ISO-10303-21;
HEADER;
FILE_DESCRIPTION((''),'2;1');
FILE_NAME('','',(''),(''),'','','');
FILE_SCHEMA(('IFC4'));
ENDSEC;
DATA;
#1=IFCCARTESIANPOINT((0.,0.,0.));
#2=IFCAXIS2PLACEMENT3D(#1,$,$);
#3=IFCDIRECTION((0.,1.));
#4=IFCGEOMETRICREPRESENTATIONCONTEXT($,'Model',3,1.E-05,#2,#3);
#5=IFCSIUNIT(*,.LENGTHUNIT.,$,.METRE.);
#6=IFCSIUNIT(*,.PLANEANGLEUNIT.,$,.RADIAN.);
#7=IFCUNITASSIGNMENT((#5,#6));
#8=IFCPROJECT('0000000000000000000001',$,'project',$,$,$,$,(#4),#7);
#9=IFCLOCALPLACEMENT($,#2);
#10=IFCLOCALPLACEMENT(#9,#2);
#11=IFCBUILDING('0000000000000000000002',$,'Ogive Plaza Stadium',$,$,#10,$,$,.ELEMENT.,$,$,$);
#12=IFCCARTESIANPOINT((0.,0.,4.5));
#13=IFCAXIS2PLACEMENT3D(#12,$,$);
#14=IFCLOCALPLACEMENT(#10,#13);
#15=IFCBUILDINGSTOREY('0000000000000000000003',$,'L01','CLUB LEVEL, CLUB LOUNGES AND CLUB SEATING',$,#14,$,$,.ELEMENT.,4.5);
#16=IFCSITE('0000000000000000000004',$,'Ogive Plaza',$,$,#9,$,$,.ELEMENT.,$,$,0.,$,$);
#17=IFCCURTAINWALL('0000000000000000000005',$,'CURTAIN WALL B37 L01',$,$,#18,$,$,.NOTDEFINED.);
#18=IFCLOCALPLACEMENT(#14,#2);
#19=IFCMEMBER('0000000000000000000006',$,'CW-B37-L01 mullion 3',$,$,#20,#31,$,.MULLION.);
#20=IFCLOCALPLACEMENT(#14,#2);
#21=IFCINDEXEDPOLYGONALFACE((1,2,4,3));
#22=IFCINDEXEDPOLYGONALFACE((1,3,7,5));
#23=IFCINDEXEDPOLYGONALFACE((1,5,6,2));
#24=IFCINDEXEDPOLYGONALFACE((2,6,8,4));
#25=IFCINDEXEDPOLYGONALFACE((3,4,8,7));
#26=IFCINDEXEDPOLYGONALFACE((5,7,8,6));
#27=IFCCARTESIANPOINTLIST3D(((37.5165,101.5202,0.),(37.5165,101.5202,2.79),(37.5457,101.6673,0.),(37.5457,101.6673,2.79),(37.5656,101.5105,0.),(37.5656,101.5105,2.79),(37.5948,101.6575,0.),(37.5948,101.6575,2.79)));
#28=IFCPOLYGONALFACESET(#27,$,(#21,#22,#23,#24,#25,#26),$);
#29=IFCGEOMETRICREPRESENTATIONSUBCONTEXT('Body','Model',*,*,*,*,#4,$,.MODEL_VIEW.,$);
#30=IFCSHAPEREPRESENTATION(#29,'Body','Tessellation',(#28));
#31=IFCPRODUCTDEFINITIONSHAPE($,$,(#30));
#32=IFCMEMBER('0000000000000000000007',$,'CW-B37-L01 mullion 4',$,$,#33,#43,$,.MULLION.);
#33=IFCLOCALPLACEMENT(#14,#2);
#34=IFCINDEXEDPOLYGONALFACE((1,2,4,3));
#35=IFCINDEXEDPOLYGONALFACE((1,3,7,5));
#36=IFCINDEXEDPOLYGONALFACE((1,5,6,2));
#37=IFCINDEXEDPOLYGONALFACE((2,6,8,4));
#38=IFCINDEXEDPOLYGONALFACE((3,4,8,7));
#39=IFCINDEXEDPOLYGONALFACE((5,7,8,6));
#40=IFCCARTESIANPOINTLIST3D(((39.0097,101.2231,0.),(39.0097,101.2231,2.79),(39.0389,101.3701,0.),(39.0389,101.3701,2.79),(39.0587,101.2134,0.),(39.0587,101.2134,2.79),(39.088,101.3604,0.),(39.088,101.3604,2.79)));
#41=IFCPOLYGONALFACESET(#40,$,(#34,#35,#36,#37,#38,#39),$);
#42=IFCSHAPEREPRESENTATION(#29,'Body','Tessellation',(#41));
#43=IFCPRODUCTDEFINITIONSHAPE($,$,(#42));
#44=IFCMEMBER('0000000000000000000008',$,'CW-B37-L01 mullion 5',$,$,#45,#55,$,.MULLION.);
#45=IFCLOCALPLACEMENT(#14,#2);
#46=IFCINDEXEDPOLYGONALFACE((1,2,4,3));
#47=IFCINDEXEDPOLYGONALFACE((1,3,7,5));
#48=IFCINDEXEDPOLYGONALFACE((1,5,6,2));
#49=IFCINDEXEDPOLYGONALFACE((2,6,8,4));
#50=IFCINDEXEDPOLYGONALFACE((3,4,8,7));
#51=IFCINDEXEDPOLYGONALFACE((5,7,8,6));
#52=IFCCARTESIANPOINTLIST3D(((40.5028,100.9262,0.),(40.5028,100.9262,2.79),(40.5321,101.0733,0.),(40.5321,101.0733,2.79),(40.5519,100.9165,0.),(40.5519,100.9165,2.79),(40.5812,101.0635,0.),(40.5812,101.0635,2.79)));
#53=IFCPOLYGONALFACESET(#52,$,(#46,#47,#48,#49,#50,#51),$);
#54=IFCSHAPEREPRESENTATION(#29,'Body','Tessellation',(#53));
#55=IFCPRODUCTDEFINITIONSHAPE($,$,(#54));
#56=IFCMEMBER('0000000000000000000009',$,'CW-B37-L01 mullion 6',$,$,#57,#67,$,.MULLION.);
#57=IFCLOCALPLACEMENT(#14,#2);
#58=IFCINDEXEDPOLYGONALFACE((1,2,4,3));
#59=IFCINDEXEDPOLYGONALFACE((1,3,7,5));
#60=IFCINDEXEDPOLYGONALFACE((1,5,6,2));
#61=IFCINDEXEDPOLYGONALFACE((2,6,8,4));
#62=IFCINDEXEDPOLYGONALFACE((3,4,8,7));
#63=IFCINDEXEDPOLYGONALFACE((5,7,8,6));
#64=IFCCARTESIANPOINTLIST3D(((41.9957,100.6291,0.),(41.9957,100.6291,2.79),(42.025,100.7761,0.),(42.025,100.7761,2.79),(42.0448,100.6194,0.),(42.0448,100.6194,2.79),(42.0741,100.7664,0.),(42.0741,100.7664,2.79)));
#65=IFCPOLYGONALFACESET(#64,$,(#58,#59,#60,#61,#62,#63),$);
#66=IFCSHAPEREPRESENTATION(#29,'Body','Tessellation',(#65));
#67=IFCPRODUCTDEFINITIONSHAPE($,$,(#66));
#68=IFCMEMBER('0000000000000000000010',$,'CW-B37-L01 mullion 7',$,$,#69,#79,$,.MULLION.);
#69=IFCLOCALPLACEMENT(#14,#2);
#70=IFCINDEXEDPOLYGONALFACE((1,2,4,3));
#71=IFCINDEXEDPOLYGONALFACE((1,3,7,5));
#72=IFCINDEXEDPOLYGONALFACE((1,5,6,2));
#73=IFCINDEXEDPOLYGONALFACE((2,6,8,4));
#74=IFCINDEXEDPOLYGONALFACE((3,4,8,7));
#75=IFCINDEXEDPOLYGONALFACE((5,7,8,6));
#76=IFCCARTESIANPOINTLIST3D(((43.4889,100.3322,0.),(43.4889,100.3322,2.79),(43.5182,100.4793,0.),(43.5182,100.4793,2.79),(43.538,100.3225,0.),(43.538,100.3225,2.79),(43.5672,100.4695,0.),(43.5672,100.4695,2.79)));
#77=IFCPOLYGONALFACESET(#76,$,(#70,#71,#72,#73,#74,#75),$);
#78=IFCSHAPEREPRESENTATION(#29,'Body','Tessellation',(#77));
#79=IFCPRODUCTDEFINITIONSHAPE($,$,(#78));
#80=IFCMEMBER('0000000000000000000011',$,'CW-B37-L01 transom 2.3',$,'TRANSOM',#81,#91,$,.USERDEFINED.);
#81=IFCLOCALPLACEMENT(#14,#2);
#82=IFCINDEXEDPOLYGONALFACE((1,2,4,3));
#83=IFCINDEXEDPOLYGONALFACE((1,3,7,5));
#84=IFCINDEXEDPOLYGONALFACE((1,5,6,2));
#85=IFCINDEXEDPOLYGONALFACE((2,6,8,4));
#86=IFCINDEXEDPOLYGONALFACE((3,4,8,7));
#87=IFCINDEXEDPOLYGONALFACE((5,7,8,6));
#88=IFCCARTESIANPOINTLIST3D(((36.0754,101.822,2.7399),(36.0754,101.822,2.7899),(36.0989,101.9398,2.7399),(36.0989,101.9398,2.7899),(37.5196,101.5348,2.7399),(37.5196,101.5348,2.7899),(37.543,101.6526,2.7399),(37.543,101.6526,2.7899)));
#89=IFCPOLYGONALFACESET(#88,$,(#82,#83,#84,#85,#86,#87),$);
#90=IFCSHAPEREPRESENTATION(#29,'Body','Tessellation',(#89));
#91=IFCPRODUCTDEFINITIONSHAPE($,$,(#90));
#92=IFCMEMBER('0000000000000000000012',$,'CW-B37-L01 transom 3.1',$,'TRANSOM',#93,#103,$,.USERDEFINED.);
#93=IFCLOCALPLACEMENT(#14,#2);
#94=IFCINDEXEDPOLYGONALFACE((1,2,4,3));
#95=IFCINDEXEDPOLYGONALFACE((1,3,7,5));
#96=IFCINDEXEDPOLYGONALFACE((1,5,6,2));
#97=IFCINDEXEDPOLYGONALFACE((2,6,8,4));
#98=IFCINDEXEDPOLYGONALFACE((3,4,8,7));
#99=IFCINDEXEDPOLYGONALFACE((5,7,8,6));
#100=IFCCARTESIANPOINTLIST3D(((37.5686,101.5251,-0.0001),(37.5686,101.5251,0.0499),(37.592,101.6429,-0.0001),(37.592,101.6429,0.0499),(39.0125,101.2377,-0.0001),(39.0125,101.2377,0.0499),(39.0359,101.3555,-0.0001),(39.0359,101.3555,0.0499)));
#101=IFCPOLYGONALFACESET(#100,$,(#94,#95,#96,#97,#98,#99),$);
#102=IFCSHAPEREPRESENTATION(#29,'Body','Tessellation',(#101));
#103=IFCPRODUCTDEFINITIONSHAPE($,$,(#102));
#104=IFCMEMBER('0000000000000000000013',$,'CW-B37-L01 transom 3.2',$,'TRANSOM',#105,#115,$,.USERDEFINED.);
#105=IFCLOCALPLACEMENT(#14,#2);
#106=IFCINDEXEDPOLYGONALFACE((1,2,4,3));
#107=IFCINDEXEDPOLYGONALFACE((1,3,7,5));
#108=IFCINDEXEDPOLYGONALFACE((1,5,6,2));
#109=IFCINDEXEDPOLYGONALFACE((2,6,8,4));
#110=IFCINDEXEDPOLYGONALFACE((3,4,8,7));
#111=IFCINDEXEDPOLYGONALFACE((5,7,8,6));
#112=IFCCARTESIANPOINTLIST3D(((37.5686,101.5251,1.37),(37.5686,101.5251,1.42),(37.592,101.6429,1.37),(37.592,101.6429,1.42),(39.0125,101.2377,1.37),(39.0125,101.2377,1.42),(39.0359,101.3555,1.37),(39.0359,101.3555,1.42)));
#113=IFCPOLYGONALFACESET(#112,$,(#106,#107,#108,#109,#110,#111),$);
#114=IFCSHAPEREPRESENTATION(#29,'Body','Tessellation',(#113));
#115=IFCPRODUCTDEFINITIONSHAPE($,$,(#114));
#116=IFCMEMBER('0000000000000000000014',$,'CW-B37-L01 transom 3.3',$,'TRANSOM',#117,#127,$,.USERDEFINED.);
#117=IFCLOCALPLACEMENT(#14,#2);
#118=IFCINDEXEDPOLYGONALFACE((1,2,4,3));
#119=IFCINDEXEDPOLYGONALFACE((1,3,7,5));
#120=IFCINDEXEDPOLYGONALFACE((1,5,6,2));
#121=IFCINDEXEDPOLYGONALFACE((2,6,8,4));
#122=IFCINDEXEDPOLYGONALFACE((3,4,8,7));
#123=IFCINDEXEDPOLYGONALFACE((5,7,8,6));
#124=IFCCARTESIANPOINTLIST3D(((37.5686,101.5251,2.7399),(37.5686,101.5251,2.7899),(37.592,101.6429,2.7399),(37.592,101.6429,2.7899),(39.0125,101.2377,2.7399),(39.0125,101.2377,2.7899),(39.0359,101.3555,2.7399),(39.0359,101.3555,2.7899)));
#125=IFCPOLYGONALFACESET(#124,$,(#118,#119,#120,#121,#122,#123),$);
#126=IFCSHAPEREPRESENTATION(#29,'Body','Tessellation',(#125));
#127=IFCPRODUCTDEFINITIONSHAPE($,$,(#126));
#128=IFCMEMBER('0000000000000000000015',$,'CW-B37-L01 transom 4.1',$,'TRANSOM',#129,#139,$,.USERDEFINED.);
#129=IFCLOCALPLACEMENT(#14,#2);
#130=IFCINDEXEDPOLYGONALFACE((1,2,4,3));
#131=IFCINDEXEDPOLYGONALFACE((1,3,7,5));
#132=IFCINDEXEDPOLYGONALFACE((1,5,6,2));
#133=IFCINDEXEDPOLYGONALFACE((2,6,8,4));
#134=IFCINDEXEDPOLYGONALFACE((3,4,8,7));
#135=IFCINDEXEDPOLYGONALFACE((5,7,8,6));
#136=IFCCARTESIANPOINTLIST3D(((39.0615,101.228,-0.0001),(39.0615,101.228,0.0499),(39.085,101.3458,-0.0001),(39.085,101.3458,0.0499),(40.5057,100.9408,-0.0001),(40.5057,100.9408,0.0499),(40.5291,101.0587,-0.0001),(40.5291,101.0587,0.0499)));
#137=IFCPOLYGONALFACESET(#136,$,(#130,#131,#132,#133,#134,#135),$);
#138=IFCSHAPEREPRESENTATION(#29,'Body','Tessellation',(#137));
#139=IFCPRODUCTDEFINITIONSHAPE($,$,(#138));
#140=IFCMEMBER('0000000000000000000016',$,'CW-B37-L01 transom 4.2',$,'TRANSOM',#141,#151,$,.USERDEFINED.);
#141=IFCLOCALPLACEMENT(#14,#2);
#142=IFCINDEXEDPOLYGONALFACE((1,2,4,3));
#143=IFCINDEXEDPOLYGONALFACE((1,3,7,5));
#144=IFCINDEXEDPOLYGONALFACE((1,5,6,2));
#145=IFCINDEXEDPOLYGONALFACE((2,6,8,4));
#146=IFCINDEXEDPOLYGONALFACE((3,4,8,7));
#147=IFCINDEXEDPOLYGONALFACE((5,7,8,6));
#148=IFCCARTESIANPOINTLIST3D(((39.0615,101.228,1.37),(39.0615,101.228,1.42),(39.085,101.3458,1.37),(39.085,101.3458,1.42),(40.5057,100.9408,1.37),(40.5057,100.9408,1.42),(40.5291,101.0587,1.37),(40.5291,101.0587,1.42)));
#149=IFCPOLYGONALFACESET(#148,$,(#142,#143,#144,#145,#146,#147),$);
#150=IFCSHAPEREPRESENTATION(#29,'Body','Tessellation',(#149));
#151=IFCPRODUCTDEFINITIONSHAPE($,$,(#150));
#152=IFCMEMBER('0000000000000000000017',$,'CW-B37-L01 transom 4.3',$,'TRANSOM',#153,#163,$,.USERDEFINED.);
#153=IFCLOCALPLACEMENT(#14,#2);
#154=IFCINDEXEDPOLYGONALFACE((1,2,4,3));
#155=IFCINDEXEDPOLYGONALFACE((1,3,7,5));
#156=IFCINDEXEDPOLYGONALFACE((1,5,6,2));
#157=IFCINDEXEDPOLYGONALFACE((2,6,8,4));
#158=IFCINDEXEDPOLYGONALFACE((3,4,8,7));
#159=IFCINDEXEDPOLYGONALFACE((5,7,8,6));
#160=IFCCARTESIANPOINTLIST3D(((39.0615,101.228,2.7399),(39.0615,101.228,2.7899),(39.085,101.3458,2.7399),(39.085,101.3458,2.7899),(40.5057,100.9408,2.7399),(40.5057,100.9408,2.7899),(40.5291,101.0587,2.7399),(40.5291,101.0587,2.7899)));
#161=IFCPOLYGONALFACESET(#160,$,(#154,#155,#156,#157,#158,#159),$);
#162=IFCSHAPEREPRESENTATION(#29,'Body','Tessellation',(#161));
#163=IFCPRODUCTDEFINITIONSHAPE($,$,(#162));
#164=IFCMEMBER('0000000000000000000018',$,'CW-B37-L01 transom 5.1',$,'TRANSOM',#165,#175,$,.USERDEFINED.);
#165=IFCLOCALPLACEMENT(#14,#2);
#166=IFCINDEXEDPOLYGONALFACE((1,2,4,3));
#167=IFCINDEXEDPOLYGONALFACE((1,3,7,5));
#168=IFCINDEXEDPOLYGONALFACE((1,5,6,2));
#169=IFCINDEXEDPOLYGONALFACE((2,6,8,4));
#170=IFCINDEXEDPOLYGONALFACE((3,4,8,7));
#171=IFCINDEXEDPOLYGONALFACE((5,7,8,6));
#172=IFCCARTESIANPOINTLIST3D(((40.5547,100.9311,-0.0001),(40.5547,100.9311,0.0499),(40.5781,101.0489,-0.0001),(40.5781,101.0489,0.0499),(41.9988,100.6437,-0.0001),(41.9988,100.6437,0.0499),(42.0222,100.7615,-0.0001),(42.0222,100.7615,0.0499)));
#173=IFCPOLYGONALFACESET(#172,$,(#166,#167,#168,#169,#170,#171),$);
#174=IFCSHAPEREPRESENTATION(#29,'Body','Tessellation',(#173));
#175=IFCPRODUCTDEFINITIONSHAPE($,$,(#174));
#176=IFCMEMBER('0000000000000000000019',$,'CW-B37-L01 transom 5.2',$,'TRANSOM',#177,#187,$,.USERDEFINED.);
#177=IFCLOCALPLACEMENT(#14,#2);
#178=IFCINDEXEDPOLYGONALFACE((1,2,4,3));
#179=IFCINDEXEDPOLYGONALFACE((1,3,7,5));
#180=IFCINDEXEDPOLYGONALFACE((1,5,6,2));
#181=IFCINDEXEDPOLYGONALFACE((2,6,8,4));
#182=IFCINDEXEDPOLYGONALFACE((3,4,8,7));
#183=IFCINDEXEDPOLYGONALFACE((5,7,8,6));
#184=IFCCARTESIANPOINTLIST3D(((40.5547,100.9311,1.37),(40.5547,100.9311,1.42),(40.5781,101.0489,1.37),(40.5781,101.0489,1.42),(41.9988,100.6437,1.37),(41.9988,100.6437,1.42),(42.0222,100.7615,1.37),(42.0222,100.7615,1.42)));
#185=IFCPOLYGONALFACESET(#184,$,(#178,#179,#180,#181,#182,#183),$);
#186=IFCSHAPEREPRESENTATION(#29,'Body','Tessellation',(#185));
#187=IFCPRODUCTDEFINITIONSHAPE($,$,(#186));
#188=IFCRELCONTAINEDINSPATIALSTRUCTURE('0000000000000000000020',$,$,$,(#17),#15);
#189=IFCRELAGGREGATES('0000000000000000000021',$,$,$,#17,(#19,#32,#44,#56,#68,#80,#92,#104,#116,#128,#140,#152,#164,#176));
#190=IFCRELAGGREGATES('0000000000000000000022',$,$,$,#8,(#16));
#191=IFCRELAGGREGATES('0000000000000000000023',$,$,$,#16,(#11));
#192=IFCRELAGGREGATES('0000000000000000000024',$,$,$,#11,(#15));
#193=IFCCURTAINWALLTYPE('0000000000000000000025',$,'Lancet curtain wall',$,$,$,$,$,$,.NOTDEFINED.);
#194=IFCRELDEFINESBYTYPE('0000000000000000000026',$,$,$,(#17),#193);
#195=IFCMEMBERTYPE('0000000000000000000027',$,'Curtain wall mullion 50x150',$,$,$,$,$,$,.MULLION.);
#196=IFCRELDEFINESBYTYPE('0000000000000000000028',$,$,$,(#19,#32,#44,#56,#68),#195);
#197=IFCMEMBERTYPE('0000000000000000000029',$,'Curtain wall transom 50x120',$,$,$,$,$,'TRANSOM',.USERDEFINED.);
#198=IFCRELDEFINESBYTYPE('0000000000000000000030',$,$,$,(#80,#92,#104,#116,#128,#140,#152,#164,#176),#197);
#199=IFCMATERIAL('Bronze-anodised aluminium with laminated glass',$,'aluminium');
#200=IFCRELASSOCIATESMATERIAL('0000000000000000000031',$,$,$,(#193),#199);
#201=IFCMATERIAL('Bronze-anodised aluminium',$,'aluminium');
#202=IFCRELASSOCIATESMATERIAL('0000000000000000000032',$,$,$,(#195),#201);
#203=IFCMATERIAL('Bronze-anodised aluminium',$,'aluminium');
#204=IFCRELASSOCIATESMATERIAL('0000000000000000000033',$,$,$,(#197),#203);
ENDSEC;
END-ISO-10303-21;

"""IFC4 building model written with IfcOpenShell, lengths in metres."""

from ifc_helpers import new_model, si_unit, direction, frame, origin, origin_2d, place, context, subcontext, project, spatial, rectangle, extrude, material, material_profile, profile_set, type_object, element, aggregate, save


model = new_model("IFC4")

# Units and contexts
model_context = context("Model", 3, precision=1e-05, world=origin(), true_north=direction((0.0, 1.0)))
body_context = subcontext(model_context, "Body", "Model", "MODEL_VIEW")
ifc_project = project(units=[si_unit("LENGTHUNIT", "METRE"), si_unit("PLANEANGLEUNIT", "RADIAN")], contexts=[model_context])

# Site, building, storey
site_placement = place(None, origin())
site = spatial("IfcSite", under=ifc_project, at=site_placement, Name="Ogive Plaza", CompositionType="ELEMENT", RefElevation=0.0)
building_placement = place(site_placement, origin())
building = spatial("IfcBuilding", under=site, at=building_placement, Name="Ogive Plaza Stadium", CompositionType="ELEMENT")
storey_placement = place(building_placement, frame((0.0, 0.0, 4.5)))
storey = spatial("IfcBuildingStorey", under=building, at=storey_placement, Name="L01", Description="CLUB LEVEL, CLUB LOUNGES AND CLUB SEATING", CompositionType="ELEMENT", Elevation=4.5)

# Curtain wall, members
ifc_material_1 = material(Name="Bronze-anodised aluminium with laminated glass", Category="aluminium")
curtain_wall_type = type_object("IfcCurtainWallType", Name="Lancet curtain wall", PredefinedType="NOTDEFINED", material=ifc_material_1)
curtain_wall_placement = place(storey_placement, origin())
curtain_wall = element("IfcCurtainWall", 1, at=curtain_wall_placement, inside=storey, type_object=curtain_wall_type, Name="CURTAIN WALL B37 L01", PredefinedType="NOTDEFINED")
ifc_material_2 = material(Name="Bronze-anodised aluminium", Category="aluminium")
ifc_material_profile_1 = material_profile(ifc_material_2, rectangle(XDim=0.1499, YDim=0.05, at=origin_2d()), Name="AL 150x50")
ifc_profile_set_1 = profile_set([ifc_material_profile_1], Name="Bronze-anodised aluminium")
member_type_1 = type_object("IfcMemberType", Name="Curtain wall mullion 50x150", PredefinedType="MULLION", material=ifc_profile_set_1)
member_1_placement = place(storey_placement, frame((37.5557, 101.5889, 0.0), z_axis=(0.0, 0.0, 1.0), x_axis=(0.19509, 0.980785, 0.0)))
member_1 = element("IfcMember", 2, at=member_1_placement, type_object=member_type_1, Name="CW-B37-L01 mullion 3", PredefinedType="MULLION", context=body_context, shape_type="SweptSolid", body=[
    extrude(rectangle(XDim=0.1499, YDim=0.05, at=origin_2d()), origin(), (0.0, 0.0, 1.0), 2.79),
])
member_2_placement = place(storey_placement, frame((39.0488, 101.2917, 0.0), z_axis=(0.0, 0.0, 1.0), x_axis=(0.19509, 0.980785, 0.0)))
member_2 = element("IfcMember", 3, at=member_2_placement, type_object=member_type_1, Name="CW-B37-L01 mullion 4", PredefinedType="MULLION", context=body_context, shape_type="SweptSolid", body=[
    extrude(rectangle(XDim=0.1499, YDim=0.05, at=origin_2d()), origin(), (0.0, 0.0, 1.0), 2.79),
])
member_3_placement = place(storey_placement, frame((40.542, 100.9949, 0.0), z_axis=(0.0, 0.0, 1.0), x_axis=(0.19509, 0.980785, 0.0)))
member_3 = element("IfcMember", 4, at=member_3_placement, type_object=member_type_1, Name="CW-B37-L01 mullion 5", PredefinedType="MULLION", context=body_context, shape_type="SweptSolid", body=[
    extrude(rectangle(XDim=0.1499, YDim=0.05, at=origin_2d()), origin(), (0.0, 0.0, 1.0), 2.79),
])
member_4_placement = place(storey_placement, frame((42.0349, 100.6978, 0.0), z_axis=(0.0, 0.0, 1.0), x_axis=(0.19509, 0.980785, 0.0)))
member_4 = element("IfcMember", 5, at=member_4_placement, type_object=member_type_1, Name="CW-B37-L01 mullion 6", PredefinedType="MULLION", context=body_context, shape_type="SweptSolid", body=[
    extrude(rectangle(XDim=0.1499, YDim=0.05, at=origin_2d()), origin(), (0.0, 0.0, 1.0), 2.79),
])
member_5_placement = place(storey_placement, frame((43.5281, 100.4009, 0.0), z_axis=(0.0, 0.0, 1.0), x_axis=(0.19509, 0.980785, 0.0)))
member_5 = element("IfcMember", 6, at=member_5_placement, type_object=member_type_1, Name="CW-B37-L01 mullion 7", PredefinedType="MULLION", context=body_context, shape_type="SweptSolid", body=[
    extrude(rectangle(XDim=0.1499, YDim=0.05, at=origin_2d()), origin(), (0.0, 0.0, 1.0), 2.79),
])
ifc_material_3 = material(Name="Bronze-anodised aluminium", Category="aluminium")
ifc_material_profile_2 = material_profile(ifc_material_3, rectangle(XDim=0.1201, YDim=0.05, at=origin_2d()), Name="AL 120x50")
ifc_profile_set_2 = profile_set([ifc_material_profile_2], Name="Bronze-anodised aluminium")
member_type_2 = type_object("IfcMemberType", Name="Curtain wall transom 50x120", ElementType="TRANSOM", PredefinedType="USERDEFINED", material=ifc_profile_set_2)
member_6_placement = place(storey_placement, frame((36.0872, 101.8809, 2.7649), z_axis=(0.980803, -0.195, 0.0), x_axis=(0.195, 0.980803, 0.0)))
member_6 = element("IfcMember", 7, at=member_6_placement, type_object=member_type_2, Name="CW-B37-L01 transom 2.3", ObjectType="TRANSOM", PredefinedType="USERDEFINED", context=body_context, shape_type="SweptSolid", body=[
    extrude(rectangle(XDim=0.1201, YDim=0.05, at=origin_2d()), origin(), (0.0, 0.0, 1.0), 1.4724),
])
member_7_placement = place(storey_placement, frame((37.5803, 101.584, 0.0249), z_axis=(0.980765, -0.195191, 0.0), x_axis=(0.195191, 0.980765, 0.0)))
member_7 = element("IfcMember", 8, at=member_7_placement, type_object=member_type_2, Name="CW-B37-L01 transom 3.1", ObjectType="TRANSOM", PredefinedType="USERDEFINED", context=body_context, shape_type="SweptSolid", body=[
    extrude(rectangle(XDim=0.1201, YDim=0.05, at=origin_2d()), origin(), (0.0, 0.0, 1.0), 1.4722),
])
member_8_placement = place(storey_placement, frame((37.5803, 101.584, 1.395), z_axis=(0.980765, -0.195191, 0.0), x_axis=(0.195191, 0.980765, 0.0)))
member_8 = element("IfcMember", 9, at=member_8_placement, type_object=member_type_2, Name="CW-B37-L01 transom 3.2", ObjectType="TRANSOM", PredefinedType="USERDEFINED", context=body_context, shape_type="SweptSolid", body=[
    extrude(rectangle(XDim=0.1201, YDim=0.05, at=origin_2d()), origin(), (0.0, 0.0, 1.0), 1.4722),
])
member_9_placement = place(storey_placement, frame((37.5803, 101.584, 2.7649), z_axis=(0.980765, -0.195191, 0.0), x_axis=(0.195191, 0.980765, 0.0)))
member_9 = element("IfcMember", 10, at=member_9_placement, type_object=member_type_2, Name="CW-B37-L01 transom 3.3", ObjectType="TRANSOM", PredefinedType="USERDEFINED", context=body_context, shape_type="SweptSolid", body=[
    extrude(rectangle(XDim=0.1201, YDim=0.05, at=origin_2d()), origin(), (0.0, 0.0, 1.0), 1.4722),
])
member_10_placement = place(storey_placement, frame((39.0732, 101.2869, 0.0249), z_axis=(0.980803, -0.195, 0.0), x_axis=(0.195, 0.980803, 0.0)))
member_10 = element("IfcMember", 11, at=member_10_placement, type_object=member_type_2, Name="CW-B37-L01 transom 4.1", ObjectType="TRANSOM", PredefinedType="USERDEFINED", context=body_context, shape_type="SweptSolid", body=[
    extrude(rectangle(XDim=0.1201, YDim=0.05, at=origin_2d()), origin(), (0.0, 0.0, 1.0), 1.4724),
])
member_11_placement = place(storey_placement, frame((39.0732, 101.2869, 1.395), z_axis=(0.980803, -0.195, 0.0), x_axis=(0.195, 0.980803, 0.0)))
member_11 = element("IfcMember", 12, at=member_11_placement, type_object=member_type_2, Name="CW-B37-L01 transom 4.2", ObjectType="TRANSOM", PredefinedType="USERDEFINED", context=body_context, shape_type="SweptSolid", body=[
    extrude(rectangle(XDim=0.1201, YDim=0.05, at=origin_2d()), origin(), (0.0, 0.0, 1.0), 1.4724),
])
member_12_placement = place(storey_placement, frame((39.0732, 101.2869, 2.7649), z_axis=(0.980803, -0.195, 0.0), x_axis=(0.195, 0.980803, 0.0)))
member_12 = element("IfcMember", 13, at=member_12_placement, type_object=member_type_2, Name="CW-B37-L01 transom 4.3", ObjectType="TRANSOM", PredefinedType="USERDEFINED", context=body_context, shape_type="SweptSolid", body=[
    extrude(rectangle(XDim=0.1201, YDim=0.05, at=origin_2d()), origin(), (0.0, 0.0, 1.0), 1.4724),
])
member_13_placement = place(storey_placement, frame((40.5664, 100.99, 0.0249), z_axis=(0.980772, -0.195159, 0.0), x_axis=(0.195159, 0.980772, 0.0)))
member_13 = element("IfcMember", 14, at=member_13_placement, type_object=member_type_2, Name="CW-B37-L01 transom 5.1", ObjectType="TRANSOM", PredefinedType="USERDEFINED", context=body_context, shape_type="SweptSolid", body=[
    extrude(rectangle(XDim=0.1201, YDim=0.05, at=origin_2d()), origin(), (0.0, 0.0, 1.0), 1.4724),
])
member_14_placement = place(storey_placement, frame((40.5664, 100.99, 1.395), z_axis=(0.980772, -0.195159, 0.0), x_axis=(0.195159, 0.980772, 0.0)))
member_14 = element("IfcMember", 15, at=member_14_placement, type_object=member_type_2, Name="CW-B37-L01 transom 5.2", ObjectType="TRANSOM", PredefinedType="USERDEFINED", context=body_context, shape_type="SweptSolid", body=[
    extrude(rectangle(XDim=0.1201, YDim=0.05, at=origin_2d()), origin(), (0.0, 0.0, 1.0), 1.4724),
])
aggregate(curtain_wall, [member_1, member_2, member_3, member_4, member_5, member_6, member_7, member_8, member_9, member_10, member_11, member_12, member_13, member_14])

save(model, "model.ifc")
